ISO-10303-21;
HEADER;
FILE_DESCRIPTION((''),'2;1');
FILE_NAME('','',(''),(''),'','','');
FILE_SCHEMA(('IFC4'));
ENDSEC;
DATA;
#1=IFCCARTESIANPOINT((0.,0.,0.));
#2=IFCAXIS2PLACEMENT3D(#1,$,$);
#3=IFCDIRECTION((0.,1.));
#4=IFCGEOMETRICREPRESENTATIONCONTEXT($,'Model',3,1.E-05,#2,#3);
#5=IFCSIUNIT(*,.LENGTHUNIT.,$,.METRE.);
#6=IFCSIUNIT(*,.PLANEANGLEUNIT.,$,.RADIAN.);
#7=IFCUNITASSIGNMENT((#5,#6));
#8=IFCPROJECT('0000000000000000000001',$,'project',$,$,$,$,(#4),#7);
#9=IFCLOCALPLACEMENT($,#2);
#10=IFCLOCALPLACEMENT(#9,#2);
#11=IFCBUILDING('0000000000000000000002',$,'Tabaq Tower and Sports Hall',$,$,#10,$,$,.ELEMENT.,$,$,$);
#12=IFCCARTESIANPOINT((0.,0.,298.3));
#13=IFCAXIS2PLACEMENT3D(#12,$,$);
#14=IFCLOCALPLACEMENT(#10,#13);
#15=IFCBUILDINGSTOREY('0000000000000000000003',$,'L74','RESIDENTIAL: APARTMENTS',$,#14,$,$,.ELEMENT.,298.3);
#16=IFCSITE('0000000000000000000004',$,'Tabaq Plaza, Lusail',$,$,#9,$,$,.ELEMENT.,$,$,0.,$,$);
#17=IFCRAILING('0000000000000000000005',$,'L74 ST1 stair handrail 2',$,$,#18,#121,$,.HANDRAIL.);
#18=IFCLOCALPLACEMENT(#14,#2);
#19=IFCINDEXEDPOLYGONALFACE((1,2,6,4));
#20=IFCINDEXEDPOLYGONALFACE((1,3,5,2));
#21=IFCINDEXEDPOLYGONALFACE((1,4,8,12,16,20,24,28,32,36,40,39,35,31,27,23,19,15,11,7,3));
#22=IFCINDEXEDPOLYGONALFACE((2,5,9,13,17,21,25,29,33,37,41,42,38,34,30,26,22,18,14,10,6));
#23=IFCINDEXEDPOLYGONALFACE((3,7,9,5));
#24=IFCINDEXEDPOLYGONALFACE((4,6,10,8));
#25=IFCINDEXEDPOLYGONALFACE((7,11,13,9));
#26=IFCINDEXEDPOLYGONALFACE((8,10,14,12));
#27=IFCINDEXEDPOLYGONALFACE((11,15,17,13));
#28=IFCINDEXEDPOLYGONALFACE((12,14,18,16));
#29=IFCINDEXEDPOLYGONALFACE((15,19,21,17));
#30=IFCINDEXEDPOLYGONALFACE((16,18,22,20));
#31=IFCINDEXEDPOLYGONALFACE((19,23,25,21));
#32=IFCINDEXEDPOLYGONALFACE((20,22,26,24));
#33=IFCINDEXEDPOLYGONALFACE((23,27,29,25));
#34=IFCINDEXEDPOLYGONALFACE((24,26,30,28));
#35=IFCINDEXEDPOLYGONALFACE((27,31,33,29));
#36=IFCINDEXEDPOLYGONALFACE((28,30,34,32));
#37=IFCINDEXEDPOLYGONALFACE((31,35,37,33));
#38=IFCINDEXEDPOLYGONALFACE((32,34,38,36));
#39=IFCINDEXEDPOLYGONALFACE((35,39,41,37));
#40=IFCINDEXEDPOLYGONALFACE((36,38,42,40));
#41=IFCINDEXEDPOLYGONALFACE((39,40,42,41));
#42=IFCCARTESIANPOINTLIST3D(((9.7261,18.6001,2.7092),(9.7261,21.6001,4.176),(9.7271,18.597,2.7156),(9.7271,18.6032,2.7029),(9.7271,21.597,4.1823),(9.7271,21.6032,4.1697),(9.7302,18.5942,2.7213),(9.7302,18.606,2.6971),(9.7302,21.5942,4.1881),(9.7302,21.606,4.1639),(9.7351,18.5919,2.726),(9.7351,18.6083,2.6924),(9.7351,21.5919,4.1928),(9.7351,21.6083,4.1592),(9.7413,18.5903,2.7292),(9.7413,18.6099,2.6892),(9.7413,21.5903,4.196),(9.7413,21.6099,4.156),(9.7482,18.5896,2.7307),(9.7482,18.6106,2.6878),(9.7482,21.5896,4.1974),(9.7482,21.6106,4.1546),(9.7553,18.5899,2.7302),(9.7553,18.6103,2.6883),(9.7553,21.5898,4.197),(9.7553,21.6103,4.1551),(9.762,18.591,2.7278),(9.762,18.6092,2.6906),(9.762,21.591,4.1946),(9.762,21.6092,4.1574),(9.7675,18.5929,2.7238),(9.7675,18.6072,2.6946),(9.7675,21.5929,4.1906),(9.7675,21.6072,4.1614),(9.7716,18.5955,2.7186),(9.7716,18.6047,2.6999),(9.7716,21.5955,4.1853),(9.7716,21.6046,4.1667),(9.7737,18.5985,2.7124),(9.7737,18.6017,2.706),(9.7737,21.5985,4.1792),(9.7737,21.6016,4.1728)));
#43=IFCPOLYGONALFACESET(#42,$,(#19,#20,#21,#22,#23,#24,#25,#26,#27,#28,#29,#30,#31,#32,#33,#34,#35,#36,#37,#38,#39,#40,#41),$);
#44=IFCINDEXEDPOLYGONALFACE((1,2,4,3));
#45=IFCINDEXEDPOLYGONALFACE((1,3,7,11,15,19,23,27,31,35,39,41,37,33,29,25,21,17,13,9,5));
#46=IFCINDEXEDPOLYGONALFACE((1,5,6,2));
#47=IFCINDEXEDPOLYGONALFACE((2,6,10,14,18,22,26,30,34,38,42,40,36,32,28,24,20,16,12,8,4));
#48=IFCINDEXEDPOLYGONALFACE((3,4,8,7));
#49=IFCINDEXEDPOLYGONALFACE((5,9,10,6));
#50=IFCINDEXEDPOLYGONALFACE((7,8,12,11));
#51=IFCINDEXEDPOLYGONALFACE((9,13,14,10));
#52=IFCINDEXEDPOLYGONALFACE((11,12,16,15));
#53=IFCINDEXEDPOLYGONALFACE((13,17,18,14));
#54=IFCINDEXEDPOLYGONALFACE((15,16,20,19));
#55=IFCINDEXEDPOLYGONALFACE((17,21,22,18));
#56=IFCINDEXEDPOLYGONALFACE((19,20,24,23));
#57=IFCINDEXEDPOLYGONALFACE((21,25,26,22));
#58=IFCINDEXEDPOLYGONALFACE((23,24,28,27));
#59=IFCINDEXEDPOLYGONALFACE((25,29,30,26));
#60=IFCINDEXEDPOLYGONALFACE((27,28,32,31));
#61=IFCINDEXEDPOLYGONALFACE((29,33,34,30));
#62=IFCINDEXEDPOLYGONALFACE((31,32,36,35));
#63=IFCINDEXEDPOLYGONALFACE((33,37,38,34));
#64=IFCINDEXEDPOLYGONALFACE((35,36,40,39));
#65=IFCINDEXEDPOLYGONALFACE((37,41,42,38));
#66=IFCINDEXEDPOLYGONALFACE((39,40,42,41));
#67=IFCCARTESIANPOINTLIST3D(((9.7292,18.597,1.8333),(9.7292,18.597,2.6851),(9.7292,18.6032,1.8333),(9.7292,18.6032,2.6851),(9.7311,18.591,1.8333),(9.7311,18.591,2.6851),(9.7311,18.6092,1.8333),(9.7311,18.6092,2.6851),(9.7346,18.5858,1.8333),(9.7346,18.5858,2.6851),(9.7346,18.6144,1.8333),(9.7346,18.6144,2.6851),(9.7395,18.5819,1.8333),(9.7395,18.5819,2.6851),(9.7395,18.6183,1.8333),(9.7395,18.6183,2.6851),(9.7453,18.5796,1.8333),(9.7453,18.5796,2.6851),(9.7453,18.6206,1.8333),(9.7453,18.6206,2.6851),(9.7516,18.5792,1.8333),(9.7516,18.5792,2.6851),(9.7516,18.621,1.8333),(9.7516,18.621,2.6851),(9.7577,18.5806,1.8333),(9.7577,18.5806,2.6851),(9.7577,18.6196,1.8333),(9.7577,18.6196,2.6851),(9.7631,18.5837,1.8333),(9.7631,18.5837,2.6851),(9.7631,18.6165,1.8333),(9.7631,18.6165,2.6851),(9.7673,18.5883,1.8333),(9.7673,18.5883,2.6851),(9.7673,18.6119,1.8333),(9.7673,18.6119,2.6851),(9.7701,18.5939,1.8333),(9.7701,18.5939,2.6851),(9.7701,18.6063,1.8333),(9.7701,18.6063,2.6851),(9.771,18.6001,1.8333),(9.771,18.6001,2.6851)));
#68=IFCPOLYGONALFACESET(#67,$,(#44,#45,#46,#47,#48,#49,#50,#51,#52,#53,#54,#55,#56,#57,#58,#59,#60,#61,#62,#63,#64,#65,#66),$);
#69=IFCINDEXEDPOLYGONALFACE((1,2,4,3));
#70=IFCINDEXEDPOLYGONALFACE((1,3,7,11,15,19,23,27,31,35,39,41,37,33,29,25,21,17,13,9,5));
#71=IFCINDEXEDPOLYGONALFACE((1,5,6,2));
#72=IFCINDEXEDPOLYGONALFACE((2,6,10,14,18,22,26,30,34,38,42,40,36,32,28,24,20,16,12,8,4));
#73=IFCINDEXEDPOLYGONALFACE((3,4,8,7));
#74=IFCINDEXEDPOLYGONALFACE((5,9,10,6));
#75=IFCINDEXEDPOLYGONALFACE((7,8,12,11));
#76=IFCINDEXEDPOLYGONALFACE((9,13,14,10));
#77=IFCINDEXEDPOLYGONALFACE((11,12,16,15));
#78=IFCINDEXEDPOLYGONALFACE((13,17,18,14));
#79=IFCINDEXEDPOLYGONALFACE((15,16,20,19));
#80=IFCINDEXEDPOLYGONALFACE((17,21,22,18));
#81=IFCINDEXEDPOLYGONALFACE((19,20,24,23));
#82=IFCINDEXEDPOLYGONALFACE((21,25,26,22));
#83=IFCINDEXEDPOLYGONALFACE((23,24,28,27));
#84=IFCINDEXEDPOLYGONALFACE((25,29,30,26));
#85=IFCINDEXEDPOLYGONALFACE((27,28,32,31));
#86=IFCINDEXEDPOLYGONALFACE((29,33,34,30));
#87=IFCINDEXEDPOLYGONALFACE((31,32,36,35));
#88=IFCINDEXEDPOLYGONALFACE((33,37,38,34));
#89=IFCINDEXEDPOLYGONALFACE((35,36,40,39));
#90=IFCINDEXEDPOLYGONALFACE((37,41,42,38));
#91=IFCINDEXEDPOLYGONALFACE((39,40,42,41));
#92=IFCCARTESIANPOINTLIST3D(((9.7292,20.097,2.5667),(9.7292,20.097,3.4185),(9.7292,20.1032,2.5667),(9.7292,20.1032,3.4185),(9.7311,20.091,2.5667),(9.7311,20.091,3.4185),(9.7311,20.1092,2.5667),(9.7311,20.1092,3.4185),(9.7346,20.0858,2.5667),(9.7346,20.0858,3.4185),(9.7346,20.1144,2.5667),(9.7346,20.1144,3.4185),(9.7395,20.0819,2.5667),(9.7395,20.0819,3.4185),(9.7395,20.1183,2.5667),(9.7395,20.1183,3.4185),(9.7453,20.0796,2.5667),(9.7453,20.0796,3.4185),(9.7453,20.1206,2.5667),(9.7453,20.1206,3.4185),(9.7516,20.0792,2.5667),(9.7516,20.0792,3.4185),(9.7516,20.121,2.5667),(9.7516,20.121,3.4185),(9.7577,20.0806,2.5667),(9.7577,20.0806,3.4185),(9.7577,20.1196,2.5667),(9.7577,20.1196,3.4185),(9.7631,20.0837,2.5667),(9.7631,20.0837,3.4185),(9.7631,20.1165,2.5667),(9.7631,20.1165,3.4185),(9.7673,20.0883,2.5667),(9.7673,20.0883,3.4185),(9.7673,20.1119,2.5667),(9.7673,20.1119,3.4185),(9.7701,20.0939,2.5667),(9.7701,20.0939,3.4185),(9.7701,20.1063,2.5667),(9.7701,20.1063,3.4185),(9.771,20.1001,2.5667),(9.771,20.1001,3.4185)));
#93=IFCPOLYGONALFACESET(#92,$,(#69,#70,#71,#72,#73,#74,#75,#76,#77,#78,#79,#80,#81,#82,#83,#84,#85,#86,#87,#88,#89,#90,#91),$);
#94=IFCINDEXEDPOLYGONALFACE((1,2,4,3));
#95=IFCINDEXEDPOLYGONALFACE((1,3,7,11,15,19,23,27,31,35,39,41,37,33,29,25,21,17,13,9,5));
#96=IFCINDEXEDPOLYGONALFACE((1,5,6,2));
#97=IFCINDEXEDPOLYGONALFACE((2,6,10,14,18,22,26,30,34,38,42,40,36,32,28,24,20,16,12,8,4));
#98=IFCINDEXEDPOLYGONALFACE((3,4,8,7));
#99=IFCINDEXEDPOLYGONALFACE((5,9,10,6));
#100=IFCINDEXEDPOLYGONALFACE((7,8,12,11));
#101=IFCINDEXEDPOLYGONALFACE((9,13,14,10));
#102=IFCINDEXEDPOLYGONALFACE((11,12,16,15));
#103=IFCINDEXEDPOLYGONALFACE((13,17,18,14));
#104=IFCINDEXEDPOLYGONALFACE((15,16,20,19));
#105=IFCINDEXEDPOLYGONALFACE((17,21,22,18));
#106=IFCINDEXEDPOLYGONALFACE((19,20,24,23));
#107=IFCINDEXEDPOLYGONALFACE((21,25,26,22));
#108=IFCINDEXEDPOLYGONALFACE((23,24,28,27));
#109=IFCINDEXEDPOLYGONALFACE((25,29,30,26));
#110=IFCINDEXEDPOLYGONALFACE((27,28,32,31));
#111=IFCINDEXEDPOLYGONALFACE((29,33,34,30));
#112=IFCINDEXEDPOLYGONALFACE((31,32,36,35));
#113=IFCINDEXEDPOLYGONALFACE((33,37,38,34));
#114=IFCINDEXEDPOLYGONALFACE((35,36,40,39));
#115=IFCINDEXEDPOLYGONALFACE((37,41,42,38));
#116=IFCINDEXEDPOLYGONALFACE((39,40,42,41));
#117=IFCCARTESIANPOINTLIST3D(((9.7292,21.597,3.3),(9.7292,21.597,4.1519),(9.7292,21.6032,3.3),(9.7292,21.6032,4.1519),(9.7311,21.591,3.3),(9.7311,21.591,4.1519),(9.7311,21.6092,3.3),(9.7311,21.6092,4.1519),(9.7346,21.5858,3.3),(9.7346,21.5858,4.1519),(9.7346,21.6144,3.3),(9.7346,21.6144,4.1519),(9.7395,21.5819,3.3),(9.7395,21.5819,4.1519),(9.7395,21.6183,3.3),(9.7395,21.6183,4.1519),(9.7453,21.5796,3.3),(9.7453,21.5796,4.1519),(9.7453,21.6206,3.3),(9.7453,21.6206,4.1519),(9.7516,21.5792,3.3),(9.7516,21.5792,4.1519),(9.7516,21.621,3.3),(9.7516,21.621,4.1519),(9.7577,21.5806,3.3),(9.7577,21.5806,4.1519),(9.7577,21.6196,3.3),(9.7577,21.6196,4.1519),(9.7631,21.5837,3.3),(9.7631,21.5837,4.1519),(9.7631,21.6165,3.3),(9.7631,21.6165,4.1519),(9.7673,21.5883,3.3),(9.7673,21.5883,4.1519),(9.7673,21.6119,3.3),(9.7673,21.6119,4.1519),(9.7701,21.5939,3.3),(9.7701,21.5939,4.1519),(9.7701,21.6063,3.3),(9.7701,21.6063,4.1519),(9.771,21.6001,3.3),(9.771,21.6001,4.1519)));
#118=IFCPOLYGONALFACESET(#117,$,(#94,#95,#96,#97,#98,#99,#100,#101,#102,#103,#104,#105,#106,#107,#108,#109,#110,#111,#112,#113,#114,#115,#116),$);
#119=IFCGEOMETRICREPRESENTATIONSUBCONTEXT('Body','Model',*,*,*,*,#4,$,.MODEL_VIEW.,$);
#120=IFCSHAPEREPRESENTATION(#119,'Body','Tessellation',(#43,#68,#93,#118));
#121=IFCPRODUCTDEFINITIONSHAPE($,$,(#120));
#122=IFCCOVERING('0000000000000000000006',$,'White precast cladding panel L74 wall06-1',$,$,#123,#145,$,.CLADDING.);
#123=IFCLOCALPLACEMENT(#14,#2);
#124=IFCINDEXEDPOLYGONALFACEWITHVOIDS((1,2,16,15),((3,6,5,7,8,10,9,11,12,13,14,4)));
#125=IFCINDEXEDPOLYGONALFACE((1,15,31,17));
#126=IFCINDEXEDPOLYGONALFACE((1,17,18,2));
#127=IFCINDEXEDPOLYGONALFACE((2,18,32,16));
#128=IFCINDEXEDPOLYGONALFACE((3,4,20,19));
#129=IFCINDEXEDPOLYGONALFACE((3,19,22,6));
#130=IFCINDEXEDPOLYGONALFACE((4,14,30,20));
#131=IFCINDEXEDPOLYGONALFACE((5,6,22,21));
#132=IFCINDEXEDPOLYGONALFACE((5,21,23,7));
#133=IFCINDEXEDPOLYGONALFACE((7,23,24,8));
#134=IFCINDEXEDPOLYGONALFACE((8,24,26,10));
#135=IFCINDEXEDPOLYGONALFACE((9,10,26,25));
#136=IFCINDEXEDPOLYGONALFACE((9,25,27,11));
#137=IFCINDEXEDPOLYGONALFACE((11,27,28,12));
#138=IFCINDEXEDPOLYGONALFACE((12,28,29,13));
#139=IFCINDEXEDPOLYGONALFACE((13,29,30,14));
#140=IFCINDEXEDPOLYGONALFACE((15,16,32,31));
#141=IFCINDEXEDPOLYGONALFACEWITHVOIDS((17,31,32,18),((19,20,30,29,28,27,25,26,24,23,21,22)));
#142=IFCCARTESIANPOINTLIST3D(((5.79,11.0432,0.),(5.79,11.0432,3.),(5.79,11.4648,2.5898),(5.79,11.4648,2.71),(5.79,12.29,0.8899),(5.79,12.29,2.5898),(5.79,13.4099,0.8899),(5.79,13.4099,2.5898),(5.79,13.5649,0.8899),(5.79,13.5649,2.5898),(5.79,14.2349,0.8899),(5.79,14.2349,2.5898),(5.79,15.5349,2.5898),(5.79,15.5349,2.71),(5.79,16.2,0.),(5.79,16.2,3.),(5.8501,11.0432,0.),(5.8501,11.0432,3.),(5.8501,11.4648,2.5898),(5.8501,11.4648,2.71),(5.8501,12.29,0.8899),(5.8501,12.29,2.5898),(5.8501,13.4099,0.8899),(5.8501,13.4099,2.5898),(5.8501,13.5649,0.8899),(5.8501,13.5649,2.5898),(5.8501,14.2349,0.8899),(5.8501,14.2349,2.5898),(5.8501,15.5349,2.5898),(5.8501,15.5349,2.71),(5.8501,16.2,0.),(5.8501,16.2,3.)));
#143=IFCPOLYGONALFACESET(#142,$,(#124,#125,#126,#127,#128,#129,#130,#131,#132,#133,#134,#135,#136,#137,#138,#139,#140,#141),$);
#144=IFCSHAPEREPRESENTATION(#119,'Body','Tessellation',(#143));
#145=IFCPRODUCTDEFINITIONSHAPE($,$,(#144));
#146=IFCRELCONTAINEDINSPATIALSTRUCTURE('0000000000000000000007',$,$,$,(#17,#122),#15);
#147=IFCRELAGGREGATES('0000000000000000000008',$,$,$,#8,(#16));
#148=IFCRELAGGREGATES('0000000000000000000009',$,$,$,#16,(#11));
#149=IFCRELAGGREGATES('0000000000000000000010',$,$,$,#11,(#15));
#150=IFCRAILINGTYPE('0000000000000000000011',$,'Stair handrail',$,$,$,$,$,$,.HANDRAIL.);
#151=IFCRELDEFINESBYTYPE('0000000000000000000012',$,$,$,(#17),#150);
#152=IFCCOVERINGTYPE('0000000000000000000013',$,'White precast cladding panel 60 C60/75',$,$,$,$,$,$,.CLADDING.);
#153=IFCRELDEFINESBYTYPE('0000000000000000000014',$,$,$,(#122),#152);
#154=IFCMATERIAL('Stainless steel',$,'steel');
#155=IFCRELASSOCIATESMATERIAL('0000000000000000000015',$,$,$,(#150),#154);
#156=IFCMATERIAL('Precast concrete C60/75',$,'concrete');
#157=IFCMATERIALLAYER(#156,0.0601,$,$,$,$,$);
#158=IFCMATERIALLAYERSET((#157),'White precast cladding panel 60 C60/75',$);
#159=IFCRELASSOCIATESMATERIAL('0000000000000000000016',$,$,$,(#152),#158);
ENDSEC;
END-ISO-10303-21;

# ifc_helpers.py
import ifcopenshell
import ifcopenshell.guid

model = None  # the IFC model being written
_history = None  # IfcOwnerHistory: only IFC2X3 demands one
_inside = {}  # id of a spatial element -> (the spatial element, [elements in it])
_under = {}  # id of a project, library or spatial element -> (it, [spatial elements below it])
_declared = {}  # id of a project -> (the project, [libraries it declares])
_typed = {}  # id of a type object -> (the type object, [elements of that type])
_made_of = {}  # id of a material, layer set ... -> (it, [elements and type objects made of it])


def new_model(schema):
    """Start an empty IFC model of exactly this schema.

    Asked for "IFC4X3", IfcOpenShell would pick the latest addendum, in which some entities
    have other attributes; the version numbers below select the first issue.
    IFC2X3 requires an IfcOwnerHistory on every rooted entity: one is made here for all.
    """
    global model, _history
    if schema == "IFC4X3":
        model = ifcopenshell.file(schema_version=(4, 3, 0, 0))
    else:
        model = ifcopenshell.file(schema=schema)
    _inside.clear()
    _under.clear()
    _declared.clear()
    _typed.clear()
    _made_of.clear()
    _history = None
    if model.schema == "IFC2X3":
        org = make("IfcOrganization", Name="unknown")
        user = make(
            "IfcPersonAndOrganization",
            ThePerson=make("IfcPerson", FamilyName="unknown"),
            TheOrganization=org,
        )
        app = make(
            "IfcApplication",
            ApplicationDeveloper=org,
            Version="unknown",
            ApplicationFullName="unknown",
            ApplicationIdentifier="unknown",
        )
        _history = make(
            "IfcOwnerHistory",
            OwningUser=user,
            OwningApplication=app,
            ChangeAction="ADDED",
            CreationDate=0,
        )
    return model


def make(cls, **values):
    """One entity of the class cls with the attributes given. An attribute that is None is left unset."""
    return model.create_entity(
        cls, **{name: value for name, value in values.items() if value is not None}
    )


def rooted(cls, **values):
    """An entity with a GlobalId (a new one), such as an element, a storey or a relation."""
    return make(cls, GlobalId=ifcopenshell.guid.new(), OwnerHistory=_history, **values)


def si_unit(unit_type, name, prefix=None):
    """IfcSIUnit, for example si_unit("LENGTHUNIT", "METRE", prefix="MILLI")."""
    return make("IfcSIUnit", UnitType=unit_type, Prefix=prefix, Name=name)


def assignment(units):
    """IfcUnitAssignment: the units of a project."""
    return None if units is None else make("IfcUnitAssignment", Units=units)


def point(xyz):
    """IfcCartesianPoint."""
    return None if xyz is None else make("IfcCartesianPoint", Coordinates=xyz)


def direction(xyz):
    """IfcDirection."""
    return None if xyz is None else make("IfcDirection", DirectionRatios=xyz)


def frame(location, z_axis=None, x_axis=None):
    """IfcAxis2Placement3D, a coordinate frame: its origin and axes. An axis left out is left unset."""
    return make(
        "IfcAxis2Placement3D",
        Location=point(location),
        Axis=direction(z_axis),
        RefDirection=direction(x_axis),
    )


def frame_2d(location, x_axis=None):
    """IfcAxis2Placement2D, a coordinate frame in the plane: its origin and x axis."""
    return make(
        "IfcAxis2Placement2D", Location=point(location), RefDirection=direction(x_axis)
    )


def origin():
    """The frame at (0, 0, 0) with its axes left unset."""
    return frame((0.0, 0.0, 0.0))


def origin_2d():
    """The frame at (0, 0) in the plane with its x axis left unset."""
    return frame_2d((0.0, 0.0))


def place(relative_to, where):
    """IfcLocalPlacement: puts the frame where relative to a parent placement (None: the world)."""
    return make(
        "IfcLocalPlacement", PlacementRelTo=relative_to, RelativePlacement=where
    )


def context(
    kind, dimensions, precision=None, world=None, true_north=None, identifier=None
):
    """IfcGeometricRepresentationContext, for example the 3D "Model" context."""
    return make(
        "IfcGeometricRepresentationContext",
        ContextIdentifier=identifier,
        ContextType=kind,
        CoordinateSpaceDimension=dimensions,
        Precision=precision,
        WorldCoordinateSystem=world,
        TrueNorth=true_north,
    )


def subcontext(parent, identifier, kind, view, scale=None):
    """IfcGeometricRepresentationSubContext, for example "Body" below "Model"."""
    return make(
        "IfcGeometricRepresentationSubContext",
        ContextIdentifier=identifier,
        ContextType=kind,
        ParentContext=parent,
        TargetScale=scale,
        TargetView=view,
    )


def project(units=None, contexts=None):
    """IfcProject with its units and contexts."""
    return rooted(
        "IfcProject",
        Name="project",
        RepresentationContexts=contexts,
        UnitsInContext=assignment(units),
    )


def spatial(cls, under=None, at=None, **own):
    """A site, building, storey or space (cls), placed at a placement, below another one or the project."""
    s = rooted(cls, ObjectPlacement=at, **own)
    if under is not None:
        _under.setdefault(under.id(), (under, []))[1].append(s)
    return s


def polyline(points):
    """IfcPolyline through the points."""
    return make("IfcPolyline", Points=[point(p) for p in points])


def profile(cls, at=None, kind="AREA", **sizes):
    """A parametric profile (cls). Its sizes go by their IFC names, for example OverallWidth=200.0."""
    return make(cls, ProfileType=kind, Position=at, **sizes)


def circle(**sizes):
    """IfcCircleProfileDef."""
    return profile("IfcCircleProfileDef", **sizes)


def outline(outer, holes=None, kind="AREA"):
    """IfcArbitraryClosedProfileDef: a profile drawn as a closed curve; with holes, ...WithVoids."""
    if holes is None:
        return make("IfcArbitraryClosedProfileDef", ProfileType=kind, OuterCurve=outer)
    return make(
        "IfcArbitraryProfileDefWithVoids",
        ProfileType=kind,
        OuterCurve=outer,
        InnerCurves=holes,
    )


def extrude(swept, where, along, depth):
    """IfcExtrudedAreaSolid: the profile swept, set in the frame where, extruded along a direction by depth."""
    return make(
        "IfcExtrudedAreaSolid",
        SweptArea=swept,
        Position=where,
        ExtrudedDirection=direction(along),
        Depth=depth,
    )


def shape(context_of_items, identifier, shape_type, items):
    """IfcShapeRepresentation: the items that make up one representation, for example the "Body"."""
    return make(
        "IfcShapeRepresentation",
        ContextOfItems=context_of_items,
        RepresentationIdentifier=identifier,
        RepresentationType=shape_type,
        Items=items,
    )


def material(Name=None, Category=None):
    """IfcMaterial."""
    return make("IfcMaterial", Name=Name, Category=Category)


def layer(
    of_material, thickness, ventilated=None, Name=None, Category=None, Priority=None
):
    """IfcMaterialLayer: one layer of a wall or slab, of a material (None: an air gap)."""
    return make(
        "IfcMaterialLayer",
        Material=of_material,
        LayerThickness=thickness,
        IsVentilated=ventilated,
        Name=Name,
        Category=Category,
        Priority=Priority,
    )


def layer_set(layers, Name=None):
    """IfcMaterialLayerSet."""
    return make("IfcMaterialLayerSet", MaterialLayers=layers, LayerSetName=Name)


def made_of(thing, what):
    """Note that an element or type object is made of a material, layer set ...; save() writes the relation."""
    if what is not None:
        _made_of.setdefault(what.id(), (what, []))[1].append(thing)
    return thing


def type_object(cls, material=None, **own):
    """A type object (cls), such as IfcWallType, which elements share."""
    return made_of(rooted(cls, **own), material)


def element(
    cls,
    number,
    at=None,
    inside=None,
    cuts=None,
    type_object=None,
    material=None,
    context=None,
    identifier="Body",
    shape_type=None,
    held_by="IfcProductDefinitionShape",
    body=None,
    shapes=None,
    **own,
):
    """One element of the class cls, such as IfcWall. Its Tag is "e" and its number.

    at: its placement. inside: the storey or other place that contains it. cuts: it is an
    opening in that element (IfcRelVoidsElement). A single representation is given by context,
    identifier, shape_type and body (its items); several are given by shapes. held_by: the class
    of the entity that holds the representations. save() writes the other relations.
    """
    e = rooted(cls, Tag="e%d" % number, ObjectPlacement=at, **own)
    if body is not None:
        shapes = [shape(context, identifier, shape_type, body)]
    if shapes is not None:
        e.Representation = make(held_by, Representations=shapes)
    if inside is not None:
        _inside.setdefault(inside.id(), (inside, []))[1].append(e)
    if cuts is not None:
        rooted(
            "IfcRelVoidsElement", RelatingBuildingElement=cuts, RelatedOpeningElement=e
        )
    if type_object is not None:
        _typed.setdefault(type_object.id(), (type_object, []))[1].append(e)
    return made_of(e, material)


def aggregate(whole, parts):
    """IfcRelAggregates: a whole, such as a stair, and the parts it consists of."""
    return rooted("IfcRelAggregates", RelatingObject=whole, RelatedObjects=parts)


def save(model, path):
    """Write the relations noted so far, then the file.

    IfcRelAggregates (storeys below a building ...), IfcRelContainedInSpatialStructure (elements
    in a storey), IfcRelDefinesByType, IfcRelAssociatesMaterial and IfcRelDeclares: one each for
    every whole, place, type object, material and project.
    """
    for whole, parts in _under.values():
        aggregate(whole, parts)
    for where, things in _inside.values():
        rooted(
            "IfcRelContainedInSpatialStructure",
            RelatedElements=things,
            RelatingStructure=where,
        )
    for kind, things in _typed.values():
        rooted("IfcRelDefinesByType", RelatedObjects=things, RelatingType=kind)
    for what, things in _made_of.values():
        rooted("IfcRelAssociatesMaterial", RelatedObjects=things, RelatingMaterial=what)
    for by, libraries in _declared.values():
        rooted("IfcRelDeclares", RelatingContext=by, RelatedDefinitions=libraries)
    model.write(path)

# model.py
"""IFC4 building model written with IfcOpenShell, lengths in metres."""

from ifc_helpers import new_model, si_unit, direction, frame, origin, origin_2d, place, context, subcontext, project, spatial, polyline, circle, outline, extrude, material, layer, layer_set, type_object, element, save


model = new_model("IFC4")

# Units and contexts
model_context = context("Model", 3, precision=1e-05, world=origin(), true_north=direction((0.0, 1.0)))
body_context = subcontext(model_context, "Body", "Model", "MODEL_VIEW")
ifc_project = project(units=[si_unit("LENGTHUNIT", "METRE"), si_unit("PLANEANGLEUNIT", "RADIAN")], contexts=[model_context])

# Site, building, storey
site_placement = place(None, origin())
site = spatial("IfcSite", under=ifc_project, at=site_placement, Name="Tabaq Plaza, Lusail", CompositionType="ELEMENT", RefElevation=0.0)
building_placement = place(site_placement, origin())
building = spatial("IfcBuilding", under=site, at=building_placement, Name="Tabaq Tower and Sports Hall", CompositionType="ELEMENT")
storey_placement = place(building_placement, frame((0.0, 0.0, 298.3)))
storey = spatial("IfcBuildingStorey", under=building, at=storey_placement, Name="L74", Description="RESIDENTIAL: APARTMENTS", CompositionType="ELEMENT", Elevation=298.3)

# Railing
ifc_material_1 = material(Name="Stainless steel", Category="steel")
railing_type_1 = type_object("IfcRailingType", Name="Stair handrail", PredefinedType="HANDRAIL", material=ifc_material_1)
railing_1_placement = place(storey_placement, frame((9.75, 18.6001, 1.8333)))
element("IfcRailing", 1, at=railing_1_placement, inside=storey, type_object=railing_type_1, Name="L74 ST1 stair handrail 2", PredefinedType="HANDRAIL", context=body_context, shape_type="SweptSolid", body=[
    extrude(circle(Radius=0.0239, at=origin_2d()), frame((0.0, 0.0, 0.876), z_axis=(0.0, 0.898369, 0.439242), x_axis=(-1.0, 0.0, 0.0)), (0.0, 0.0, 1.0), 3.3394),
    extrude(circle(Radius=0.021, at=origin_2d()), origin(), (0.0, 0.0, 1.0), 0.8518),
    extrude(circle(Radius=0.021, at=origin_2d()), frame((0.0, 1.5, 0.7334)), (0.0, 0.0, 1.0), 0.8518),
    extrude(circle(Radius=0.021, at=origin_2d()), frame((0.0, 3.0, 1.4668)), (0.0, 0.0, 1.0), 0.8518),
])

# Covering
ifc_material_2 = material(Name="Precast concrete C60/75", Category="concrete")
ifc_layer_1 = layer(ifc_material_2, 0.0601)
ifc_layer_set_1 = layer_set([ifc_layer_1], Name="White precast cladding panel 60 C60/75")
covering_type = type_object("IfcCoveringType", Name="White precast cladding panel 60 C60/75", PredefinedType="CLADDING", material=ifc_layer_set_1)
covering_placement = place(storey_placement, frame((5.8201, 16.2, 0.0), z_axis=(0.0, 0.0, 1.0), x_axis=(0.0, -1.0, 0.0)))
element("IfcCovering", 2, at=covering_placement, inside=storey, type_object=covering_type, Name="White precast cladding panel L74 wall06-1", PredefinedType="CLADDING", context=body_context, shape_type="SweptSolid", body=[
    extrude(outline(polyline([(0.0, 0.0), (5.1567, 0.0), (5.1567, 3.0), (0.0, 3.0), (0.0, 0.0)]), holes=[polyline([(1.9651, 2.5898), (0.665, 2.5898), (0.665, 2.71), (4.7351, 2.71), (4.7351, 2.5898), (3.9099, 2.5898), (3.9099, 0.8899), (2.79, 0.8899), (2.79, 2.5898), (2.635, 2.5898), (2.635, 0.8899), (1.9651, 0.8899), (1.9651, 2.5898)])]), frame((0.0, 0.03, 0.0), z_axis=(0.0, -1.0, 0.0), x_axis=(1.0, 0.0, 0.0)), (0.0, 0.0, 1.0), 0.0601),
])

save(model, "model.ifc")
